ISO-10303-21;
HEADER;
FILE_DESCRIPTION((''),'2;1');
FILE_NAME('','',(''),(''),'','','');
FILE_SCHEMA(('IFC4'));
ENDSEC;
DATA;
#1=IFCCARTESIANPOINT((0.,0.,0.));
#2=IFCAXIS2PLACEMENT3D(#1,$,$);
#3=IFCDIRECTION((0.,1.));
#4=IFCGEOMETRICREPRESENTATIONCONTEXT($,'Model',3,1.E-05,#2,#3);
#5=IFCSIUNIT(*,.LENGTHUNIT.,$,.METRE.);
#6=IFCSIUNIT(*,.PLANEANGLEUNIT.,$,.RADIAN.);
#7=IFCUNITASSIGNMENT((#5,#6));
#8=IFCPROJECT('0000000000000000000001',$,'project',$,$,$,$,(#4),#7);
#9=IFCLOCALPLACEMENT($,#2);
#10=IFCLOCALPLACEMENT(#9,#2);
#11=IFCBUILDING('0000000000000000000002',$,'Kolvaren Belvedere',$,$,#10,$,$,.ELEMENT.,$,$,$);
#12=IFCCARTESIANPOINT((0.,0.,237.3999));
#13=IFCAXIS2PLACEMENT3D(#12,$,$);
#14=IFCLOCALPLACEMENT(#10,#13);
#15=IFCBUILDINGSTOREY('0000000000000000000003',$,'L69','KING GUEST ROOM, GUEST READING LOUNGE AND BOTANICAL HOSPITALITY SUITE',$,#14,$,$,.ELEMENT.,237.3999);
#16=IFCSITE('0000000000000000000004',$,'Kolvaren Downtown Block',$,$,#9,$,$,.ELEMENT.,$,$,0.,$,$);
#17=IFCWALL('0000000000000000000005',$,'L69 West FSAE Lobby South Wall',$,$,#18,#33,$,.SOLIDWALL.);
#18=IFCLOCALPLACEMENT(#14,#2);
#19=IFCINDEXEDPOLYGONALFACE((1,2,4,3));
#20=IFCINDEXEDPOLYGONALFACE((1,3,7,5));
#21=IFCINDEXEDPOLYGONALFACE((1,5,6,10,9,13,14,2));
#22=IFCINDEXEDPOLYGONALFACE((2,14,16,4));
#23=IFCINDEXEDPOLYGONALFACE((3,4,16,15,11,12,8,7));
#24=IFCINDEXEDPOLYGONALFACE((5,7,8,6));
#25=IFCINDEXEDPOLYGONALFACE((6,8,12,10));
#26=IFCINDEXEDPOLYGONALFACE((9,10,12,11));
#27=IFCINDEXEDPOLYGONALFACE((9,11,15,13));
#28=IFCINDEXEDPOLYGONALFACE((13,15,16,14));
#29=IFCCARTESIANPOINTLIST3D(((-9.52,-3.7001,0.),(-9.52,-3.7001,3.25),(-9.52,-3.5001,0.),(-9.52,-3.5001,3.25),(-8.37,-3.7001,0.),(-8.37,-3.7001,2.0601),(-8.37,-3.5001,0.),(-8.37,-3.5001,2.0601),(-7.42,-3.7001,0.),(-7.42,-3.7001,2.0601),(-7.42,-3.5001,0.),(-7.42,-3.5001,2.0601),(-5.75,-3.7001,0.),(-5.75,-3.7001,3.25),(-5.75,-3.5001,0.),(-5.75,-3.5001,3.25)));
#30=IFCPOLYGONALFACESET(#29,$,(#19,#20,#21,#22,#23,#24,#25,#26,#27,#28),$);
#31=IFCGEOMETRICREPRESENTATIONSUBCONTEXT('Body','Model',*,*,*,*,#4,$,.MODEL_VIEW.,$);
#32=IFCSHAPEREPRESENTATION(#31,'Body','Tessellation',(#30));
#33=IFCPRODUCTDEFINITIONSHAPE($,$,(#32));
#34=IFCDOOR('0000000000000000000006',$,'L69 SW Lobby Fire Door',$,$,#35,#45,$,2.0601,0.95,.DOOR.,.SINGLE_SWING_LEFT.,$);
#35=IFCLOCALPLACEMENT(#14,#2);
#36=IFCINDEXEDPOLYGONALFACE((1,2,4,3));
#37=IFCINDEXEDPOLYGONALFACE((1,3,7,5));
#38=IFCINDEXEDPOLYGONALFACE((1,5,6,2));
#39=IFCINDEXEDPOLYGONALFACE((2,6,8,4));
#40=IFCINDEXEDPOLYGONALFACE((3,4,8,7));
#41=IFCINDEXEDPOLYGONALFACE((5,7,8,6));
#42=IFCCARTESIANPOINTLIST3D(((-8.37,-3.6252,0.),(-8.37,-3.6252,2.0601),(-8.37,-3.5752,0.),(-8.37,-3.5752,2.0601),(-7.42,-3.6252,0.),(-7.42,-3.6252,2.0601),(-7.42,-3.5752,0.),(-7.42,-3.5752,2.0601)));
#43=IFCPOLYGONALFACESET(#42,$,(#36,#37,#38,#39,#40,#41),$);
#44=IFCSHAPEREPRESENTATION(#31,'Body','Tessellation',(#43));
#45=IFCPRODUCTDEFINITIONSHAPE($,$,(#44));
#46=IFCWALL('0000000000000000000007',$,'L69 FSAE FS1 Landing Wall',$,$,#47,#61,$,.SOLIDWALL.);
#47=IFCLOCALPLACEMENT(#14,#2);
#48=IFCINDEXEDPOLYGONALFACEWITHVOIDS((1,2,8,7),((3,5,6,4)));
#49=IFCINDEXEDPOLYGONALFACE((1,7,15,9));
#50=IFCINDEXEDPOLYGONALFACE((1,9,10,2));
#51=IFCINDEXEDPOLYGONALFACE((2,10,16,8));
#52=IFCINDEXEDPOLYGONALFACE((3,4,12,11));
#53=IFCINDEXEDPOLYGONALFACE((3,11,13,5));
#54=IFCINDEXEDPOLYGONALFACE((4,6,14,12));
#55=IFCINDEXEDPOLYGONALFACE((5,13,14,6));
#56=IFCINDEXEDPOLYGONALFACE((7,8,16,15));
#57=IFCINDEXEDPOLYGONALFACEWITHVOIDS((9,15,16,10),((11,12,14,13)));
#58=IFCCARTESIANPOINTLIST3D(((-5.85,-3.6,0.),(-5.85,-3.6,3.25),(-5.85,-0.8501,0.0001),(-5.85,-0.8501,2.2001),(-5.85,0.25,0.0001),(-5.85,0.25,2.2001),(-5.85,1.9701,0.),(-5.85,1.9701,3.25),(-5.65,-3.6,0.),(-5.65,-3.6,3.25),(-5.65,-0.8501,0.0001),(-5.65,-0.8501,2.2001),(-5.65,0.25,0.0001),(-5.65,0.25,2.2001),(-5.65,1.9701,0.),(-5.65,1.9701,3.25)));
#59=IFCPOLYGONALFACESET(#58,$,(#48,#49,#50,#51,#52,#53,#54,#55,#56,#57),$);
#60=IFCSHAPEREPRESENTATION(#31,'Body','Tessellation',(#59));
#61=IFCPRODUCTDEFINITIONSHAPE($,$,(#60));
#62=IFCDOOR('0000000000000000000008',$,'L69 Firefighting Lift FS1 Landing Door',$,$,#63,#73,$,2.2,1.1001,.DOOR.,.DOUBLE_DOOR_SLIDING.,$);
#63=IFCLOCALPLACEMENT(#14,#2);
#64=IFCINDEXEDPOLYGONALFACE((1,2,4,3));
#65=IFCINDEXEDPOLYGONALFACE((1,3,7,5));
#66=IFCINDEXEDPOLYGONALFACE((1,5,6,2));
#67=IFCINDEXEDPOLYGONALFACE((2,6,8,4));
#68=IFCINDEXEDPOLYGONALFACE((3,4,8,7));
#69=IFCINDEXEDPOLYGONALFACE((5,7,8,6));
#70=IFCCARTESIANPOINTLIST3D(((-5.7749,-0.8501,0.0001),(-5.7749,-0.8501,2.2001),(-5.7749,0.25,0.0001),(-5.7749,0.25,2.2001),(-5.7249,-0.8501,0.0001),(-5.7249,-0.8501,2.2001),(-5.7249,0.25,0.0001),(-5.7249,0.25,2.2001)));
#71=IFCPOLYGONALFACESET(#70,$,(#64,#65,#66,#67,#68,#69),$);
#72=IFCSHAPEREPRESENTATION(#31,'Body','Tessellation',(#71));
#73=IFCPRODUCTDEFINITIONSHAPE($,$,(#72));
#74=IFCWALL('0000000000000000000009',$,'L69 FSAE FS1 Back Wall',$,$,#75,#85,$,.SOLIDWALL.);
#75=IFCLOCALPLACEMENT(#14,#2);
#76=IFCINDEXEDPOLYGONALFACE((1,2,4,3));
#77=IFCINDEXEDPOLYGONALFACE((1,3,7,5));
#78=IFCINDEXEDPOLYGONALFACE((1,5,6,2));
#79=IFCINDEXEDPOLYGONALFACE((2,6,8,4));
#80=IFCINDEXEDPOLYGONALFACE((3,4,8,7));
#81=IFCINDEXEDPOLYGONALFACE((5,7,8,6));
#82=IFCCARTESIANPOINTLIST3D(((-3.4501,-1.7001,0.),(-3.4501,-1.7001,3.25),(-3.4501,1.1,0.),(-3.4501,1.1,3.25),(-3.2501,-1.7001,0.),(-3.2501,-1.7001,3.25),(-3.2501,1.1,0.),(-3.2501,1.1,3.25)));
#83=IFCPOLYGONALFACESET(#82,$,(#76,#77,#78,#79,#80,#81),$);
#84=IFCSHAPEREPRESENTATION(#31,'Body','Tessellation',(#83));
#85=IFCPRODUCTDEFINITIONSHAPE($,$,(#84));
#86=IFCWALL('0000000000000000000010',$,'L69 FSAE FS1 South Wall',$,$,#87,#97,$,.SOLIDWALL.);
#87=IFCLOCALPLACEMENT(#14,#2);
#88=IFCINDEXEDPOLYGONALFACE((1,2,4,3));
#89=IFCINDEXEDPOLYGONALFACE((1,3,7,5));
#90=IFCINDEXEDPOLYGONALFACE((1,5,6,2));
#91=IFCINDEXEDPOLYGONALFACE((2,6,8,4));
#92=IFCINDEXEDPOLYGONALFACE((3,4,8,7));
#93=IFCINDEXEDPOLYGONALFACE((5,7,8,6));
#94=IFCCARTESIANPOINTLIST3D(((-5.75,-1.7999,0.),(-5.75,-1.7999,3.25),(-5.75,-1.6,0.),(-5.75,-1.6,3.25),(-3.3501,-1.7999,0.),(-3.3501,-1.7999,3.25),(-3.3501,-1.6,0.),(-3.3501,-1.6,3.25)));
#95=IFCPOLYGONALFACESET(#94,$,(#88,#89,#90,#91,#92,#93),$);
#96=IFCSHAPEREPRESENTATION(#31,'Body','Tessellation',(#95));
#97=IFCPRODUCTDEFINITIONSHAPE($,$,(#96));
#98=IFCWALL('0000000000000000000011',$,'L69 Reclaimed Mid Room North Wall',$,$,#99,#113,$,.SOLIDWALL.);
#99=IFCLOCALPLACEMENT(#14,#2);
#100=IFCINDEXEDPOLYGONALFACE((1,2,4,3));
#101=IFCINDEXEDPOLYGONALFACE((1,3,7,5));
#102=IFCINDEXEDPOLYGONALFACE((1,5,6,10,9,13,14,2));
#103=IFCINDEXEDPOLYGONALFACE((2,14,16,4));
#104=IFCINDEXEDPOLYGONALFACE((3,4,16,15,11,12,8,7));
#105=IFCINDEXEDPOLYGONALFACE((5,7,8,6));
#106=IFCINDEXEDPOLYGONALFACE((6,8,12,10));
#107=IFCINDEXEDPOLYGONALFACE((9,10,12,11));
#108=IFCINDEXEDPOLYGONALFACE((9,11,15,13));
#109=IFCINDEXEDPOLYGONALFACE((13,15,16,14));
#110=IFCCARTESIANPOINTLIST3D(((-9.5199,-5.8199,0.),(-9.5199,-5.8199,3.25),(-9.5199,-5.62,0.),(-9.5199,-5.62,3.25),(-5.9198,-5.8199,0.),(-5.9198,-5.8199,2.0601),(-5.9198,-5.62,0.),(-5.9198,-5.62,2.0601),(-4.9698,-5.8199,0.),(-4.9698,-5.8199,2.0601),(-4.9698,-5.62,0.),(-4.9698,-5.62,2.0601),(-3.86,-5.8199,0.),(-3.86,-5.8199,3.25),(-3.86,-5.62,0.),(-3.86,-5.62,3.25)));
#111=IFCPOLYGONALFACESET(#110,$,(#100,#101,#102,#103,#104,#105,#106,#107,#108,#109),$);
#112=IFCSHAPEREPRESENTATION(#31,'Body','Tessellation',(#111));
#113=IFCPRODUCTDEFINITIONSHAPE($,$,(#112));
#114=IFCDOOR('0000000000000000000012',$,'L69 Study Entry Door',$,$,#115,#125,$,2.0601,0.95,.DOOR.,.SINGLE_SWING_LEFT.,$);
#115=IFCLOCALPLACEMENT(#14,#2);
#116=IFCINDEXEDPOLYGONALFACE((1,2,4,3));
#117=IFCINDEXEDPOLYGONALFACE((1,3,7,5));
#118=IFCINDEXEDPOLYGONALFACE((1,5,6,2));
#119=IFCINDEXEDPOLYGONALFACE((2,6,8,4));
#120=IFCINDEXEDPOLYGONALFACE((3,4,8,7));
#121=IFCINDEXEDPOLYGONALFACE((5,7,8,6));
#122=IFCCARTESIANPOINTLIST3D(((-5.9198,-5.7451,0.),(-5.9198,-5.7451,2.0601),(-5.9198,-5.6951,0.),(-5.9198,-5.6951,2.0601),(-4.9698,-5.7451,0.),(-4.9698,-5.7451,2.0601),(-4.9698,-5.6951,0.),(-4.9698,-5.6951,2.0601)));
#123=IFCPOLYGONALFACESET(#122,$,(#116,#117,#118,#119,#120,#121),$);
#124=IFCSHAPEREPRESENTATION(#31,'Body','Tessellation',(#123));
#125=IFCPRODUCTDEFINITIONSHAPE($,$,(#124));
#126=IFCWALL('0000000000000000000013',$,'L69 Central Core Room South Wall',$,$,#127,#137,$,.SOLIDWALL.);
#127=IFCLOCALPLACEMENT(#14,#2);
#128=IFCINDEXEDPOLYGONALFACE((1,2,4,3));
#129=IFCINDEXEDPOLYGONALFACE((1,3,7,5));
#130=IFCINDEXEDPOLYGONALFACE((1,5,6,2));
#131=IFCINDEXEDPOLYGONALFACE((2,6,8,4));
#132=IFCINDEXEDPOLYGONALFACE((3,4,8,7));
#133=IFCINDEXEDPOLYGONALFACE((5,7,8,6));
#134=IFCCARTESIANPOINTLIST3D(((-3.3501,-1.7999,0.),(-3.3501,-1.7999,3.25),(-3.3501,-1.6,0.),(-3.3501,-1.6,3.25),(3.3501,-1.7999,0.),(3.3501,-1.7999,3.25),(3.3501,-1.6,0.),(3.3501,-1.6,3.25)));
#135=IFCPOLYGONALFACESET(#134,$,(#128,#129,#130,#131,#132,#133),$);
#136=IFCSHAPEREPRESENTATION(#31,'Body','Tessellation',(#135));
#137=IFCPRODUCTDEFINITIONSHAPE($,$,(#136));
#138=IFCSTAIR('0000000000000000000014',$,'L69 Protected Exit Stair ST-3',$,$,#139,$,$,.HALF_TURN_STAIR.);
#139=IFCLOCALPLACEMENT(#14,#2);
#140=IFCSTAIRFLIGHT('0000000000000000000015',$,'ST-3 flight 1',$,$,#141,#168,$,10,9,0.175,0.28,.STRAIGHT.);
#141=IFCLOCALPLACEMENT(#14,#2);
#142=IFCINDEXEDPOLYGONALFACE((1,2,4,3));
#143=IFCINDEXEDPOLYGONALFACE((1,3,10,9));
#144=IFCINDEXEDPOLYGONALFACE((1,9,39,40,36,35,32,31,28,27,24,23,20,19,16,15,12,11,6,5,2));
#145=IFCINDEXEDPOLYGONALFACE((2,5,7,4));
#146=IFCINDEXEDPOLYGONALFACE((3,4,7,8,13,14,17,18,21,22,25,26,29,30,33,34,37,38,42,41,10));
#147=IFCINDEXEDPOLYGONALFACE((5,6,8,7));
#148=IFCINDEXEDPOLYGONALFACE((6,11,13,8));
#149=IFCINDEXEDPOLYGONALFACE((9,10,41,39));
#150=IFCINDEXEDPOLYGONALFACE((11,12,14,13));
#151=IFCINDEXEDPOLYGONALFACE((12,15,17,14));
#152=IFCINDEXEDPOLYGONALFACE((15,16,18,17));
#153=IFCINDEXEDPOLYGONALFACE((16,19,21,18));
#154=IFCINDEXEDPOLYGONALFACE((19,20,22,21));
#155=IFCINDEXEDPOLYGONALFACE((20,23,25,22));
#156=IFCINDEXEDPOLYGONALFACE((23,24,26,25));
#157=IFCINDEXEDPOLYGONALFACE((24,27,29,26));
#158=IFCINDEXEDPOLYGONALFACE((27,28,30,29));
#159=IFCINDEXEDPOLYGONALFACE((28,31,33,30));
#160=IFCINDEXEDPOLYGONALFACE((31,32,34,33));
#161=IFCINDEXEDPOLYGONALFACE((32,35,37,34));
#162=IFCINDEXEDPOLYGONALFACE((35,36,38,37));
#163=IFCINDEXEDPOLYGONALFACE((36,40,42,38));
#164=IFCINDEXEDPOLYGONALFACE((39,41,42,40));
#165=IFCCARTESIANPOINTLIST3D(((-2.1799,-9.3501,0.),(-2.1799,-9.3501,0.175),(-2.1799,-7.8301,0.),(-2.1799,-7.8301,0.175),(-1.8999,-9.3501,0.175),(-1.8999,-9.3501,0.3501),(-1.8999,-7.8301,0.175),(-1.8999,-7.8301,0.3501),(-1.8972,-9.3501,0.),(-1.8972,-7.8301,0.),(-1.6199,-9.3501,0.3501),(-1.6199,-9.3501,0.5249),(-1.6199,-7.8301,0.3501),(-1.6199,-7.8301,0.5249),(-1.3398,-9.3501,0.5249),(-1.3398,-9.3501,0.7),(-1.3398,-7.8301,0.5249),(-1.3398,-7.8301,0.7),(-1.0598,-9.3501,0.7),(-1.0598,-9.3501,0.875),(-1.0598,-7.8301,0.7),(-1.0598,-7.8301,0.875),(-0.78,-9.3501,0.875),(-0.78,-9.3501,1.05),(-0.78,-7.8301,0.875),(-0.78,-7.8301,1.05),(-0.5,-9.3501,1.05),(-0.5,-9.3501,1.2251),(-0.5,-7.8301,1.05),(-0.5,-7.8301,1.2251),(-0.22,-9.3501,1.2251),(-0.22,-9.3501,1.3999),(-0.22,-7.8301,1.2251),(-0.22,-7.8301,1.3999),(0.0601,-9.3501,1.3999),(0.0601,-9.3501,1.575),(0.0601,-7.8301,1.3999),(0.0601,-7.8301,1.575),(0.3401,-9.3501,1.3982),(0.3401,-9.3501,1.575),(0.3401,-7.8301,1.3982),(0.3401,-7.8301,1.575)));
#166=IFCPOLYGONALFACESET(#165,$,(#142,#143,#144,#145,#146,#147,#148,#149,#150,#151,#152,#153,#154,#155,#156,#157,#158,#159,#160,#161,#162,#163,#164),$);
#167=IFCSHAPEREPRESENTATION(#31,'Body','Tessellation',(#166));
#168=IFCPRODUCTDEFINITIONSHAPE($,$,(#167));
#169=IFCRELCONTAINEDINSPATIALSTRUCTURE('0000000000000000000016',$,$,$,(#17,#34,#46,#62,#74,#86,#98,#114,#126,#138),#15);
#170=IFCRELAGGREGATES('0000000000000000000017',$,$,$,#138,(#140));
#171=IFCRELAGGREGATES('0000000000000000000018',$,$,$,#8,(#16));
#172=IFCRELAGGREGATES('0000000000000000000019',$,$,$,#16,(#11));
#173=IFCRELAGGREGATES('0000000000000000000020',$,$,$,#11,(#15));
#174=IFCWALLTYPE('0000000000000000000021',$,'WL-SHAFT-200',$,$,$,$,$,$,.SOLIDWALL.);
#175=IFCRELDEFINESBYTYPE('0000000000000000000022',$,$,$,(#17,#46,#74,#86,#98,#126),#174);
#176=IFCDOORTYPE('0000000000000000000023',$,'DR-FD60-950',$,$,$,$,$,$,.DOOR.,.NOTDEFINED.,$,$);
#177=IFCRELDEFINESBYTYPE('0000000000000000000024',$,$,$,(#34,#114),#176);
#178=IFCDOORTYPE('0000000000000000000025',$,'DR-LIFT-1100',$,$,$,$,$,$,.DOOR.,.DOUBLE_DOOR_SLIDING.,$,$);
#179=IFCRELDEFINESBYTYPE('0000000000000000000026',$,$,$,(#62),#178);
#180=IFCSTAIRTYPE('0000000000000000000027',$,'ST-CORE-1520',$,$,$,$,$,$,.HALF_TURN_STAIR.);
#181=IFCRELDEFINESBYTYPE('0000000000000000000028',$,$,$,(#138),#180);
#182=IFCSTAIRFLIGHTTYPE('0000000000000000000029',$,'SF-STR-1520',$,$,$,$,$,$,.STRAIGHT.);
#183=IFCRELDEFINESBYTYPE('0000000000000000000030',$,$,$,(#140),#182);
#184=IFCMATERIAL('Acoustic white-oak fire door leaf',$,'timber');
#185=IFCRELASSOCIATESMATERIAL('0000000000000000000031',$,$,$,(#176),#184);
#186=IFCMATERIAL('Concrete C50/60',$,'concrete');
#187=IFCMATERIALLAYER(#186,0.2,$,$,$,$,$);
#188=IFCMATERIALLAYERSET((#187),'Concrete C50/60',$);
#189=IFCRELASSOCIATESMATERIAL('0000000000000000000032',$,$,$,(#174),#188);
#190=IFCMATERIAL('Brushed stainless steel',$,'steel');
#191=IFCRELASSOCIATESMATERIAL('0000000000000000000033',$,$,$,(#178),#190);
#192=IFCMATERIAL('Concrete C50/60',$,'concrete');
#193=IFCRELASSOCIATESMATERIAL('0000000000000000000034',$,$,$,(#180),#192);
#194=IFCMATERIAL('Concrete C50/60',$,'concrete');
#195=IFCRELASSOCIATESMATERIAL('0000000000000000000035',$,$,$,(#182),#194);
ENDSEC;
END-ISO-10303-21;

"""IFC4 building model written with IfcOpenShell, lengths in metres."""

from ifc_helpers import new_model, si_unit, direction, frame, frame_2d, origin, place, context, subcontext, project, spatial, polyline, rectangle, outline, extrude, material, layer, layer_set, type_object, element, fill, aggregate, save


model = new_model("IFC4")

# Units and contexts
model_context = context("Model", 3, precision=1e-05, world=origin(), true_north=direction((0.0, 1.0)))
body_context = subcontext(model_context, "Body", "Model", "MODEL_VIEW")
ifc_project = project(units=[si_unit("LENGTHUNIT", "METRE"), si_unit("PLANEANGLEUNIT", "RADIAN")], contexts=[model_context])

# Site, building, storey
site_placement = place(None, origin())
site = spatial("IfcSite", under=ifc_project, at=site_placement, Name="Kolvaren Downtown Block", CompositionType="ELEMENT", RefElevation=0.0)
building_placement = place(site_placement, origin())
building = spatial("IfcBuilding", under=site, at=building_placement, Name="Kolvaren Belvedere", CompositionType="ELEMENT")
storey_placement = place(building_placement, frame((0.0, 0.0, 237.3999)))
storey = spatial("IfcBuildingStorey", under=building, at=storey_placement, Name="L69", Description="KING GUEST ROOM, GUEST READING LOUNGE AND BOTANICAL HOSPITALITY SUITE", CompositionType="ELEMENT", Elevation=237.3999)

# Shared definitions
ifc_material_1 = material(Name="Acoustic white-oak fire door leaf", Category="timber")
door_type_1 = type_object("IfcDoorType", Name="DR-FD60-950", OperationType="NOTDEFINED", PredefinedType="DOOR", material=ifc_material_1)

# Walls, openings, doors
ifc_material_2 = material(Name="Concrete C50/60", Category="concrete")
ifc_layer_1 = layer(ifc_material_2, 0.2)
ifc_layer_set_1 = layer_set([ifc_layer_1], Name="Concrete C50/60")
wall_type_1 = type_object("IfcWallType", Name="WL-SHAFT-200", PredefinedType="SOLIDWALL", material=ifc_layer_set_1)
wall_1_placement = place(storey_placement, frame((-9.52, -3.6001, 0.0), z_axis=(0.0, 0.0, 1.0), x_axis=(1.0, 0.0, 0.0)))
wall_1 = element("IfcWall", 1, at=wall_1_placement, inside=storey, type_object=wall_type_1, Name="L69 West FSAE Lobby South Wall", PredefinedType="SOLIDWALL", context=body_context, shape_type="SweptSolid", body=[
    extrude(rectangle(XDim=3.77, YDim=0.2, at=frame_2d((1.885, 0.0))), origin(), (0.0, 0.0, 1.0), 3.25),
])
opening_1_placement = place(wall_1_placement, frame((1.1499, 0.0, 0.0)))
opening_1 = element("IfcOpeningElement", 2, at=opening_1_placement, cuts=wall_1, PredefinedType="OPENING", context=body_context, shape_type="SweptSolid", body=[
    extrude(rectangle(XDim=0.95, YDim=2.0601, at=frame_2d((0.4751, 1.03))), frame((0.0, 0.1099, 0.0), z_axis=(0.0, -1.0, 0.0), x_axis=(1.0, 0.0, 0.0)), (0.0, 0.0, 1.0), 0.22),
])
door_1_placement = place(opening_1_placement, origin())
door_1 = element("IfcDoor", 3, at=door_1_placement, inside=storey, type_object=door_type_1, Name="L69 SW Lobby Fire Door", OperationType="SINGLE_SWING_LEFT", OverallHeight=2.0601, OverallWidth=0.95, PredefinedType="DOOR", context=body_context, shape_type="SweptSolid", body=[
    extrude(rectangle(XDim=0.95, YDim=2.0601, at=frame_2d((0.4751, 1.03))), frame((0.0, 0.0249, 0.0), z_axis=(0.0, -1.0, 0.0), x_axis=(1.0, 0.0, 0.0)), (0.0, 0.0, 1.0), 0.05),
])
fill(opening_1, door_1)
wall_2_placement = place(storey_placement, frame((-5.75, -3.6001, 0.0), z_axis=(0.0, 0.0, 1.0), x_axis=(0.0, 1.0, 0.0)))
wall_2 = element("IfcWall", 4, at=wall_2_placement, inside=storey, type_object=wall_type_1, Name="L69 FSAE FS1 Landing Wall", PredefinedType="SOLIDWALL", context=body_context, shape_type="SweptSolid", body=[
    extrude(rectangle(XDim=5.5701, YDim=0.2, at=frame_2d((2.7852, 0.0))), origin(), (0.0, 0.0, 1.0), 3.25),
])
opening_2_placement = place(wall_2_placement, frame((2.75, 0.0, 0.0)))
opening_2 = element("IfcOpeningElement", 5, at=opening_2_placement, cuts=wall_2, PredefinedType="OPENING", context=body_context, shape_type="SweptSolid", body=[
    extrude(rectangle(XDim=1.1001, YDim=2.2, at=frame_2d((0.55, 1.1001))), frame((0.0, 0.1099, 0.0), z_axis=(0.0, -1.0, 0.0), x_axis=(1.0, 0.0, 0.0)), (0.0, 0.0, 1.0), 0.22),
])
ifc_material_3 = material(Name="Brushed stainless steel", Category="steel")
door_type_2 = type_object("IfcDoorType", Name="DR-LIFT-1100", OperationType="DOUBLE_DOOR_SLIDING", PredefinedType="DOOR", material=ifc_material_3)
door_2_placement = place(opening_2_placement, origin())
door_2 = element("IfcDoor", 6, at=door_2_placement, inside=storey, type_object=door_type_2, Name="L69 Firefighting Lift FS1 Landing Door", OperationType="DOUBLE_DOOR_SLIDING", OverallHeight=2.2, OverallWidth=1.1001, PredefinedType="DOOR", context=body_context, shape_type="SweptSolid", body=[
    extrude(rectangle(XDim=1.1001, YDim=2.2, at=frame_2d((0.55, 1.1001))), frame((0.0, 0.0249, 0.0), z_axis=(0.0, -1.0, 0.0), x_axis=(1.0, 0.0, 0.0)), (0.0, 0.0, 1.0), 0.05),
])
fill(opening_2, door_2)

# Walls
wall_3_placement = place(storey_placement, frame((-3.3501, -1.7, 0.0), z_axis=(0.0, 0.0, 1.0), x_axis=(0.0, 1.0, 0.0)))
element("IfcWall", 7, at=wall_3_placement, inside=storey, type_object=wall_type_1, Name="L69 FSAE FS1 Back Wall", PredefinedType="SOLIDWALL", context=body_context, shape_type="SweptSolid", body=[
    extrude(rectangle(XDim=2.8, YDim=0.2, at=frame_2d((1.3999, 0.0))), origin(), (0.0, 0.0, 1.0), 3.25),
])
wall_4_placement = place(storey_placement, frame((-5.75, -1.7, 0.0), z_axis=(0.0, 0.0, 1.0), x_axis=(1.0, 0.0, 0.0)))
element("IfcWall", 8, at=wall_4_placement, inside=storey, type_object=wall_type_1, Name="L69 FSAE FS1 South Wall", PredefinedType="SOLIDWALL", context=body_context, shape_type="SweptSolid", body=[
    extrude(rectangle(XDim=2.3999, YDim=0.2, at=frame_2d((1.2, 0.0))), origin(), (0.0, 0.0, 1.0), 3.25),
])

# Wall, opening, door
wall_5_placement = place(storey_placement, frame((-9.52, -5.72, 0.0), z_axis=(0.0, 0.0, 1.0), x_axis=(1.0, 0.0, 0.0)))
wall_5 = element("IfcWall", 9, at=wall_5_placement, inside=storey, type_object=wall_type_1, Name="L69 Reclaimed Mid Room North Wall", PredefinedType="SOLIDWALL", context=body_context, shape_type="SweptSolid", body=[
    extrude(rectangle(XDim=5.6599, YDim=0.2, at=frame_2d((2.8301, 0.0))), origin(), (0.0, 0.0, 1.0), 3.25),
])
opening_3_placement = place(wall_5_placement, frame((3.6001, 0.0, 0.0)))
opening_3 = element("IfcOpeningElement", 10, at=opening_3_placement, cuts=wall_5, PredefinedType="OPENING", context=body_context, shape_type="SweptSolid", body=[
    extrude(rectangle(XDim=0.95, YDim=2.0601, at=frame_2d((0.4751, 1.03))), frame((0.0, 0.1099, 0.0), z_axis=(0.0, -1.0, 0.0), x_axis=(1.0, 0.0, 0.0)), (0.0, 0.0, 1.0), 0.22),
])
door_3_placement = place(opening_3_placement, origin())
door_3 = element("IfcDoor", 11, at=door_3_placement, inside=storey, type_object=door_type_1, Name="L69 Study Entry Door", OperationType="SINGLE_SWING_LEFT", OverallHeight=2.0601, OverallWidth=0.95, PredefinedType="DOOR", context=body_context, shape_type="SweptSolid", body=[
    extrude(rectangle(XDim=0.95, YDim=2.0601, at=frame_2d((0.4751, 1.03))), frame((0.0, 0.0249, 0.0), z_axis=(0.0, -1.0, 0.0), x_axis=(1.0, 0.0, 0.0)), (0.0, 0.0, 1.0), 0.05),
])
fill(opening_3, door_3)

# Wall
wall_6_placement = place(storey_placement, frame((-3.3501, -1.7, 0.0), z_axis=(0.0, 0.0, 1.0), x_axis=(1.0, 0.0, 0.0)))
element("IfcWall", 12, at=wall_6_placement, inside=storey, type_object=wall_type_1, Name="L69 Central Core Room South Wall", PredefinedType="SOLIDWALL", context=body_context, shape_type="SweptSolid", body=[
    extrude(rectangle(XDim=6.7002, YDim=0.2, at=frame_2d((3.3501, 0.0))), origin(), (0.0, 0.0, 1.0), 3.25),
])

# Stair, stair flight
ifc_material_4 = material(Name="Concrete C50/60", Category="concrete")
stair_type = type_object("IfcStairType", Name="ST-CORE-1520", PredefinedType="HALF_TURN_STAIR", material=ifc_material_4)
stair_placement = place(storey_placement, origin())
stair = element("IfcStair", 13, at=stair_placement, inside=storey, type_object=stair_type, Name="L69 Protected Exit Stair ST-3", PredefinedType="HALF_TURN_STAIR")
ifc_material_5 = material(Name="Concrete C50/60", Category="concrete")
stair_flight_type = type_object("IfcStairFlightType", Name="SF-STR-1520", PredefinedType="STRAIGHT", material=ifc_material_5)
stair_flight_placement = place(storey_placement, frame((-2.1799, -8.5901, 0.0), z_axis=(0.0, 0.0, 1.0), x_axis=(1.0, 0.0, 0.0)))
stair_flight = element("IfcStairFlight", 14, at=stair_flight_placement, type_object=stair_flight_type, Name="ST-3 flight 1", NumberOfRisers=10, NumberOfTreads=9, PredefinedType="STRAIGHT", RiserHeight=0.175, TreadLength=0.28, context=body_context, shape_type="SweptSolid", body=[
    extrude(outline(polyline([(0.0, 0.0), (0.0, 0.175), (0.28, 0.175), (0.28, 0.3501), (0.5601, 0.3501), (0.5601, 0.5249), (0.8401, 0.5249), (0.8401, 0.7), (1.1201, 0.7), (1.1201, 0.875), (1.3999, 0.875), (1.3999, 1.05), (1.6799, 1.05), (1.6799, 1.2251), (1.96, 1.2251), (1.96, 1.3999), (2.24, 1.3999), (2.24, 1.575), (2.52, 1.575), (2.52, 1.75), (2.52, 1.3982), (0.2827, 0.0), (0.0, 0.0)])), frame((0.0, 0.76, 0.0), z_axis=(0.0, -1.0, 0.0), x_axis=(1.0, 0.0, 0.0)), (0.0, 0.0, 1.0), 1.52),
])
aggregate(stair, [stair_flight])

save(model, "model.ifc")
